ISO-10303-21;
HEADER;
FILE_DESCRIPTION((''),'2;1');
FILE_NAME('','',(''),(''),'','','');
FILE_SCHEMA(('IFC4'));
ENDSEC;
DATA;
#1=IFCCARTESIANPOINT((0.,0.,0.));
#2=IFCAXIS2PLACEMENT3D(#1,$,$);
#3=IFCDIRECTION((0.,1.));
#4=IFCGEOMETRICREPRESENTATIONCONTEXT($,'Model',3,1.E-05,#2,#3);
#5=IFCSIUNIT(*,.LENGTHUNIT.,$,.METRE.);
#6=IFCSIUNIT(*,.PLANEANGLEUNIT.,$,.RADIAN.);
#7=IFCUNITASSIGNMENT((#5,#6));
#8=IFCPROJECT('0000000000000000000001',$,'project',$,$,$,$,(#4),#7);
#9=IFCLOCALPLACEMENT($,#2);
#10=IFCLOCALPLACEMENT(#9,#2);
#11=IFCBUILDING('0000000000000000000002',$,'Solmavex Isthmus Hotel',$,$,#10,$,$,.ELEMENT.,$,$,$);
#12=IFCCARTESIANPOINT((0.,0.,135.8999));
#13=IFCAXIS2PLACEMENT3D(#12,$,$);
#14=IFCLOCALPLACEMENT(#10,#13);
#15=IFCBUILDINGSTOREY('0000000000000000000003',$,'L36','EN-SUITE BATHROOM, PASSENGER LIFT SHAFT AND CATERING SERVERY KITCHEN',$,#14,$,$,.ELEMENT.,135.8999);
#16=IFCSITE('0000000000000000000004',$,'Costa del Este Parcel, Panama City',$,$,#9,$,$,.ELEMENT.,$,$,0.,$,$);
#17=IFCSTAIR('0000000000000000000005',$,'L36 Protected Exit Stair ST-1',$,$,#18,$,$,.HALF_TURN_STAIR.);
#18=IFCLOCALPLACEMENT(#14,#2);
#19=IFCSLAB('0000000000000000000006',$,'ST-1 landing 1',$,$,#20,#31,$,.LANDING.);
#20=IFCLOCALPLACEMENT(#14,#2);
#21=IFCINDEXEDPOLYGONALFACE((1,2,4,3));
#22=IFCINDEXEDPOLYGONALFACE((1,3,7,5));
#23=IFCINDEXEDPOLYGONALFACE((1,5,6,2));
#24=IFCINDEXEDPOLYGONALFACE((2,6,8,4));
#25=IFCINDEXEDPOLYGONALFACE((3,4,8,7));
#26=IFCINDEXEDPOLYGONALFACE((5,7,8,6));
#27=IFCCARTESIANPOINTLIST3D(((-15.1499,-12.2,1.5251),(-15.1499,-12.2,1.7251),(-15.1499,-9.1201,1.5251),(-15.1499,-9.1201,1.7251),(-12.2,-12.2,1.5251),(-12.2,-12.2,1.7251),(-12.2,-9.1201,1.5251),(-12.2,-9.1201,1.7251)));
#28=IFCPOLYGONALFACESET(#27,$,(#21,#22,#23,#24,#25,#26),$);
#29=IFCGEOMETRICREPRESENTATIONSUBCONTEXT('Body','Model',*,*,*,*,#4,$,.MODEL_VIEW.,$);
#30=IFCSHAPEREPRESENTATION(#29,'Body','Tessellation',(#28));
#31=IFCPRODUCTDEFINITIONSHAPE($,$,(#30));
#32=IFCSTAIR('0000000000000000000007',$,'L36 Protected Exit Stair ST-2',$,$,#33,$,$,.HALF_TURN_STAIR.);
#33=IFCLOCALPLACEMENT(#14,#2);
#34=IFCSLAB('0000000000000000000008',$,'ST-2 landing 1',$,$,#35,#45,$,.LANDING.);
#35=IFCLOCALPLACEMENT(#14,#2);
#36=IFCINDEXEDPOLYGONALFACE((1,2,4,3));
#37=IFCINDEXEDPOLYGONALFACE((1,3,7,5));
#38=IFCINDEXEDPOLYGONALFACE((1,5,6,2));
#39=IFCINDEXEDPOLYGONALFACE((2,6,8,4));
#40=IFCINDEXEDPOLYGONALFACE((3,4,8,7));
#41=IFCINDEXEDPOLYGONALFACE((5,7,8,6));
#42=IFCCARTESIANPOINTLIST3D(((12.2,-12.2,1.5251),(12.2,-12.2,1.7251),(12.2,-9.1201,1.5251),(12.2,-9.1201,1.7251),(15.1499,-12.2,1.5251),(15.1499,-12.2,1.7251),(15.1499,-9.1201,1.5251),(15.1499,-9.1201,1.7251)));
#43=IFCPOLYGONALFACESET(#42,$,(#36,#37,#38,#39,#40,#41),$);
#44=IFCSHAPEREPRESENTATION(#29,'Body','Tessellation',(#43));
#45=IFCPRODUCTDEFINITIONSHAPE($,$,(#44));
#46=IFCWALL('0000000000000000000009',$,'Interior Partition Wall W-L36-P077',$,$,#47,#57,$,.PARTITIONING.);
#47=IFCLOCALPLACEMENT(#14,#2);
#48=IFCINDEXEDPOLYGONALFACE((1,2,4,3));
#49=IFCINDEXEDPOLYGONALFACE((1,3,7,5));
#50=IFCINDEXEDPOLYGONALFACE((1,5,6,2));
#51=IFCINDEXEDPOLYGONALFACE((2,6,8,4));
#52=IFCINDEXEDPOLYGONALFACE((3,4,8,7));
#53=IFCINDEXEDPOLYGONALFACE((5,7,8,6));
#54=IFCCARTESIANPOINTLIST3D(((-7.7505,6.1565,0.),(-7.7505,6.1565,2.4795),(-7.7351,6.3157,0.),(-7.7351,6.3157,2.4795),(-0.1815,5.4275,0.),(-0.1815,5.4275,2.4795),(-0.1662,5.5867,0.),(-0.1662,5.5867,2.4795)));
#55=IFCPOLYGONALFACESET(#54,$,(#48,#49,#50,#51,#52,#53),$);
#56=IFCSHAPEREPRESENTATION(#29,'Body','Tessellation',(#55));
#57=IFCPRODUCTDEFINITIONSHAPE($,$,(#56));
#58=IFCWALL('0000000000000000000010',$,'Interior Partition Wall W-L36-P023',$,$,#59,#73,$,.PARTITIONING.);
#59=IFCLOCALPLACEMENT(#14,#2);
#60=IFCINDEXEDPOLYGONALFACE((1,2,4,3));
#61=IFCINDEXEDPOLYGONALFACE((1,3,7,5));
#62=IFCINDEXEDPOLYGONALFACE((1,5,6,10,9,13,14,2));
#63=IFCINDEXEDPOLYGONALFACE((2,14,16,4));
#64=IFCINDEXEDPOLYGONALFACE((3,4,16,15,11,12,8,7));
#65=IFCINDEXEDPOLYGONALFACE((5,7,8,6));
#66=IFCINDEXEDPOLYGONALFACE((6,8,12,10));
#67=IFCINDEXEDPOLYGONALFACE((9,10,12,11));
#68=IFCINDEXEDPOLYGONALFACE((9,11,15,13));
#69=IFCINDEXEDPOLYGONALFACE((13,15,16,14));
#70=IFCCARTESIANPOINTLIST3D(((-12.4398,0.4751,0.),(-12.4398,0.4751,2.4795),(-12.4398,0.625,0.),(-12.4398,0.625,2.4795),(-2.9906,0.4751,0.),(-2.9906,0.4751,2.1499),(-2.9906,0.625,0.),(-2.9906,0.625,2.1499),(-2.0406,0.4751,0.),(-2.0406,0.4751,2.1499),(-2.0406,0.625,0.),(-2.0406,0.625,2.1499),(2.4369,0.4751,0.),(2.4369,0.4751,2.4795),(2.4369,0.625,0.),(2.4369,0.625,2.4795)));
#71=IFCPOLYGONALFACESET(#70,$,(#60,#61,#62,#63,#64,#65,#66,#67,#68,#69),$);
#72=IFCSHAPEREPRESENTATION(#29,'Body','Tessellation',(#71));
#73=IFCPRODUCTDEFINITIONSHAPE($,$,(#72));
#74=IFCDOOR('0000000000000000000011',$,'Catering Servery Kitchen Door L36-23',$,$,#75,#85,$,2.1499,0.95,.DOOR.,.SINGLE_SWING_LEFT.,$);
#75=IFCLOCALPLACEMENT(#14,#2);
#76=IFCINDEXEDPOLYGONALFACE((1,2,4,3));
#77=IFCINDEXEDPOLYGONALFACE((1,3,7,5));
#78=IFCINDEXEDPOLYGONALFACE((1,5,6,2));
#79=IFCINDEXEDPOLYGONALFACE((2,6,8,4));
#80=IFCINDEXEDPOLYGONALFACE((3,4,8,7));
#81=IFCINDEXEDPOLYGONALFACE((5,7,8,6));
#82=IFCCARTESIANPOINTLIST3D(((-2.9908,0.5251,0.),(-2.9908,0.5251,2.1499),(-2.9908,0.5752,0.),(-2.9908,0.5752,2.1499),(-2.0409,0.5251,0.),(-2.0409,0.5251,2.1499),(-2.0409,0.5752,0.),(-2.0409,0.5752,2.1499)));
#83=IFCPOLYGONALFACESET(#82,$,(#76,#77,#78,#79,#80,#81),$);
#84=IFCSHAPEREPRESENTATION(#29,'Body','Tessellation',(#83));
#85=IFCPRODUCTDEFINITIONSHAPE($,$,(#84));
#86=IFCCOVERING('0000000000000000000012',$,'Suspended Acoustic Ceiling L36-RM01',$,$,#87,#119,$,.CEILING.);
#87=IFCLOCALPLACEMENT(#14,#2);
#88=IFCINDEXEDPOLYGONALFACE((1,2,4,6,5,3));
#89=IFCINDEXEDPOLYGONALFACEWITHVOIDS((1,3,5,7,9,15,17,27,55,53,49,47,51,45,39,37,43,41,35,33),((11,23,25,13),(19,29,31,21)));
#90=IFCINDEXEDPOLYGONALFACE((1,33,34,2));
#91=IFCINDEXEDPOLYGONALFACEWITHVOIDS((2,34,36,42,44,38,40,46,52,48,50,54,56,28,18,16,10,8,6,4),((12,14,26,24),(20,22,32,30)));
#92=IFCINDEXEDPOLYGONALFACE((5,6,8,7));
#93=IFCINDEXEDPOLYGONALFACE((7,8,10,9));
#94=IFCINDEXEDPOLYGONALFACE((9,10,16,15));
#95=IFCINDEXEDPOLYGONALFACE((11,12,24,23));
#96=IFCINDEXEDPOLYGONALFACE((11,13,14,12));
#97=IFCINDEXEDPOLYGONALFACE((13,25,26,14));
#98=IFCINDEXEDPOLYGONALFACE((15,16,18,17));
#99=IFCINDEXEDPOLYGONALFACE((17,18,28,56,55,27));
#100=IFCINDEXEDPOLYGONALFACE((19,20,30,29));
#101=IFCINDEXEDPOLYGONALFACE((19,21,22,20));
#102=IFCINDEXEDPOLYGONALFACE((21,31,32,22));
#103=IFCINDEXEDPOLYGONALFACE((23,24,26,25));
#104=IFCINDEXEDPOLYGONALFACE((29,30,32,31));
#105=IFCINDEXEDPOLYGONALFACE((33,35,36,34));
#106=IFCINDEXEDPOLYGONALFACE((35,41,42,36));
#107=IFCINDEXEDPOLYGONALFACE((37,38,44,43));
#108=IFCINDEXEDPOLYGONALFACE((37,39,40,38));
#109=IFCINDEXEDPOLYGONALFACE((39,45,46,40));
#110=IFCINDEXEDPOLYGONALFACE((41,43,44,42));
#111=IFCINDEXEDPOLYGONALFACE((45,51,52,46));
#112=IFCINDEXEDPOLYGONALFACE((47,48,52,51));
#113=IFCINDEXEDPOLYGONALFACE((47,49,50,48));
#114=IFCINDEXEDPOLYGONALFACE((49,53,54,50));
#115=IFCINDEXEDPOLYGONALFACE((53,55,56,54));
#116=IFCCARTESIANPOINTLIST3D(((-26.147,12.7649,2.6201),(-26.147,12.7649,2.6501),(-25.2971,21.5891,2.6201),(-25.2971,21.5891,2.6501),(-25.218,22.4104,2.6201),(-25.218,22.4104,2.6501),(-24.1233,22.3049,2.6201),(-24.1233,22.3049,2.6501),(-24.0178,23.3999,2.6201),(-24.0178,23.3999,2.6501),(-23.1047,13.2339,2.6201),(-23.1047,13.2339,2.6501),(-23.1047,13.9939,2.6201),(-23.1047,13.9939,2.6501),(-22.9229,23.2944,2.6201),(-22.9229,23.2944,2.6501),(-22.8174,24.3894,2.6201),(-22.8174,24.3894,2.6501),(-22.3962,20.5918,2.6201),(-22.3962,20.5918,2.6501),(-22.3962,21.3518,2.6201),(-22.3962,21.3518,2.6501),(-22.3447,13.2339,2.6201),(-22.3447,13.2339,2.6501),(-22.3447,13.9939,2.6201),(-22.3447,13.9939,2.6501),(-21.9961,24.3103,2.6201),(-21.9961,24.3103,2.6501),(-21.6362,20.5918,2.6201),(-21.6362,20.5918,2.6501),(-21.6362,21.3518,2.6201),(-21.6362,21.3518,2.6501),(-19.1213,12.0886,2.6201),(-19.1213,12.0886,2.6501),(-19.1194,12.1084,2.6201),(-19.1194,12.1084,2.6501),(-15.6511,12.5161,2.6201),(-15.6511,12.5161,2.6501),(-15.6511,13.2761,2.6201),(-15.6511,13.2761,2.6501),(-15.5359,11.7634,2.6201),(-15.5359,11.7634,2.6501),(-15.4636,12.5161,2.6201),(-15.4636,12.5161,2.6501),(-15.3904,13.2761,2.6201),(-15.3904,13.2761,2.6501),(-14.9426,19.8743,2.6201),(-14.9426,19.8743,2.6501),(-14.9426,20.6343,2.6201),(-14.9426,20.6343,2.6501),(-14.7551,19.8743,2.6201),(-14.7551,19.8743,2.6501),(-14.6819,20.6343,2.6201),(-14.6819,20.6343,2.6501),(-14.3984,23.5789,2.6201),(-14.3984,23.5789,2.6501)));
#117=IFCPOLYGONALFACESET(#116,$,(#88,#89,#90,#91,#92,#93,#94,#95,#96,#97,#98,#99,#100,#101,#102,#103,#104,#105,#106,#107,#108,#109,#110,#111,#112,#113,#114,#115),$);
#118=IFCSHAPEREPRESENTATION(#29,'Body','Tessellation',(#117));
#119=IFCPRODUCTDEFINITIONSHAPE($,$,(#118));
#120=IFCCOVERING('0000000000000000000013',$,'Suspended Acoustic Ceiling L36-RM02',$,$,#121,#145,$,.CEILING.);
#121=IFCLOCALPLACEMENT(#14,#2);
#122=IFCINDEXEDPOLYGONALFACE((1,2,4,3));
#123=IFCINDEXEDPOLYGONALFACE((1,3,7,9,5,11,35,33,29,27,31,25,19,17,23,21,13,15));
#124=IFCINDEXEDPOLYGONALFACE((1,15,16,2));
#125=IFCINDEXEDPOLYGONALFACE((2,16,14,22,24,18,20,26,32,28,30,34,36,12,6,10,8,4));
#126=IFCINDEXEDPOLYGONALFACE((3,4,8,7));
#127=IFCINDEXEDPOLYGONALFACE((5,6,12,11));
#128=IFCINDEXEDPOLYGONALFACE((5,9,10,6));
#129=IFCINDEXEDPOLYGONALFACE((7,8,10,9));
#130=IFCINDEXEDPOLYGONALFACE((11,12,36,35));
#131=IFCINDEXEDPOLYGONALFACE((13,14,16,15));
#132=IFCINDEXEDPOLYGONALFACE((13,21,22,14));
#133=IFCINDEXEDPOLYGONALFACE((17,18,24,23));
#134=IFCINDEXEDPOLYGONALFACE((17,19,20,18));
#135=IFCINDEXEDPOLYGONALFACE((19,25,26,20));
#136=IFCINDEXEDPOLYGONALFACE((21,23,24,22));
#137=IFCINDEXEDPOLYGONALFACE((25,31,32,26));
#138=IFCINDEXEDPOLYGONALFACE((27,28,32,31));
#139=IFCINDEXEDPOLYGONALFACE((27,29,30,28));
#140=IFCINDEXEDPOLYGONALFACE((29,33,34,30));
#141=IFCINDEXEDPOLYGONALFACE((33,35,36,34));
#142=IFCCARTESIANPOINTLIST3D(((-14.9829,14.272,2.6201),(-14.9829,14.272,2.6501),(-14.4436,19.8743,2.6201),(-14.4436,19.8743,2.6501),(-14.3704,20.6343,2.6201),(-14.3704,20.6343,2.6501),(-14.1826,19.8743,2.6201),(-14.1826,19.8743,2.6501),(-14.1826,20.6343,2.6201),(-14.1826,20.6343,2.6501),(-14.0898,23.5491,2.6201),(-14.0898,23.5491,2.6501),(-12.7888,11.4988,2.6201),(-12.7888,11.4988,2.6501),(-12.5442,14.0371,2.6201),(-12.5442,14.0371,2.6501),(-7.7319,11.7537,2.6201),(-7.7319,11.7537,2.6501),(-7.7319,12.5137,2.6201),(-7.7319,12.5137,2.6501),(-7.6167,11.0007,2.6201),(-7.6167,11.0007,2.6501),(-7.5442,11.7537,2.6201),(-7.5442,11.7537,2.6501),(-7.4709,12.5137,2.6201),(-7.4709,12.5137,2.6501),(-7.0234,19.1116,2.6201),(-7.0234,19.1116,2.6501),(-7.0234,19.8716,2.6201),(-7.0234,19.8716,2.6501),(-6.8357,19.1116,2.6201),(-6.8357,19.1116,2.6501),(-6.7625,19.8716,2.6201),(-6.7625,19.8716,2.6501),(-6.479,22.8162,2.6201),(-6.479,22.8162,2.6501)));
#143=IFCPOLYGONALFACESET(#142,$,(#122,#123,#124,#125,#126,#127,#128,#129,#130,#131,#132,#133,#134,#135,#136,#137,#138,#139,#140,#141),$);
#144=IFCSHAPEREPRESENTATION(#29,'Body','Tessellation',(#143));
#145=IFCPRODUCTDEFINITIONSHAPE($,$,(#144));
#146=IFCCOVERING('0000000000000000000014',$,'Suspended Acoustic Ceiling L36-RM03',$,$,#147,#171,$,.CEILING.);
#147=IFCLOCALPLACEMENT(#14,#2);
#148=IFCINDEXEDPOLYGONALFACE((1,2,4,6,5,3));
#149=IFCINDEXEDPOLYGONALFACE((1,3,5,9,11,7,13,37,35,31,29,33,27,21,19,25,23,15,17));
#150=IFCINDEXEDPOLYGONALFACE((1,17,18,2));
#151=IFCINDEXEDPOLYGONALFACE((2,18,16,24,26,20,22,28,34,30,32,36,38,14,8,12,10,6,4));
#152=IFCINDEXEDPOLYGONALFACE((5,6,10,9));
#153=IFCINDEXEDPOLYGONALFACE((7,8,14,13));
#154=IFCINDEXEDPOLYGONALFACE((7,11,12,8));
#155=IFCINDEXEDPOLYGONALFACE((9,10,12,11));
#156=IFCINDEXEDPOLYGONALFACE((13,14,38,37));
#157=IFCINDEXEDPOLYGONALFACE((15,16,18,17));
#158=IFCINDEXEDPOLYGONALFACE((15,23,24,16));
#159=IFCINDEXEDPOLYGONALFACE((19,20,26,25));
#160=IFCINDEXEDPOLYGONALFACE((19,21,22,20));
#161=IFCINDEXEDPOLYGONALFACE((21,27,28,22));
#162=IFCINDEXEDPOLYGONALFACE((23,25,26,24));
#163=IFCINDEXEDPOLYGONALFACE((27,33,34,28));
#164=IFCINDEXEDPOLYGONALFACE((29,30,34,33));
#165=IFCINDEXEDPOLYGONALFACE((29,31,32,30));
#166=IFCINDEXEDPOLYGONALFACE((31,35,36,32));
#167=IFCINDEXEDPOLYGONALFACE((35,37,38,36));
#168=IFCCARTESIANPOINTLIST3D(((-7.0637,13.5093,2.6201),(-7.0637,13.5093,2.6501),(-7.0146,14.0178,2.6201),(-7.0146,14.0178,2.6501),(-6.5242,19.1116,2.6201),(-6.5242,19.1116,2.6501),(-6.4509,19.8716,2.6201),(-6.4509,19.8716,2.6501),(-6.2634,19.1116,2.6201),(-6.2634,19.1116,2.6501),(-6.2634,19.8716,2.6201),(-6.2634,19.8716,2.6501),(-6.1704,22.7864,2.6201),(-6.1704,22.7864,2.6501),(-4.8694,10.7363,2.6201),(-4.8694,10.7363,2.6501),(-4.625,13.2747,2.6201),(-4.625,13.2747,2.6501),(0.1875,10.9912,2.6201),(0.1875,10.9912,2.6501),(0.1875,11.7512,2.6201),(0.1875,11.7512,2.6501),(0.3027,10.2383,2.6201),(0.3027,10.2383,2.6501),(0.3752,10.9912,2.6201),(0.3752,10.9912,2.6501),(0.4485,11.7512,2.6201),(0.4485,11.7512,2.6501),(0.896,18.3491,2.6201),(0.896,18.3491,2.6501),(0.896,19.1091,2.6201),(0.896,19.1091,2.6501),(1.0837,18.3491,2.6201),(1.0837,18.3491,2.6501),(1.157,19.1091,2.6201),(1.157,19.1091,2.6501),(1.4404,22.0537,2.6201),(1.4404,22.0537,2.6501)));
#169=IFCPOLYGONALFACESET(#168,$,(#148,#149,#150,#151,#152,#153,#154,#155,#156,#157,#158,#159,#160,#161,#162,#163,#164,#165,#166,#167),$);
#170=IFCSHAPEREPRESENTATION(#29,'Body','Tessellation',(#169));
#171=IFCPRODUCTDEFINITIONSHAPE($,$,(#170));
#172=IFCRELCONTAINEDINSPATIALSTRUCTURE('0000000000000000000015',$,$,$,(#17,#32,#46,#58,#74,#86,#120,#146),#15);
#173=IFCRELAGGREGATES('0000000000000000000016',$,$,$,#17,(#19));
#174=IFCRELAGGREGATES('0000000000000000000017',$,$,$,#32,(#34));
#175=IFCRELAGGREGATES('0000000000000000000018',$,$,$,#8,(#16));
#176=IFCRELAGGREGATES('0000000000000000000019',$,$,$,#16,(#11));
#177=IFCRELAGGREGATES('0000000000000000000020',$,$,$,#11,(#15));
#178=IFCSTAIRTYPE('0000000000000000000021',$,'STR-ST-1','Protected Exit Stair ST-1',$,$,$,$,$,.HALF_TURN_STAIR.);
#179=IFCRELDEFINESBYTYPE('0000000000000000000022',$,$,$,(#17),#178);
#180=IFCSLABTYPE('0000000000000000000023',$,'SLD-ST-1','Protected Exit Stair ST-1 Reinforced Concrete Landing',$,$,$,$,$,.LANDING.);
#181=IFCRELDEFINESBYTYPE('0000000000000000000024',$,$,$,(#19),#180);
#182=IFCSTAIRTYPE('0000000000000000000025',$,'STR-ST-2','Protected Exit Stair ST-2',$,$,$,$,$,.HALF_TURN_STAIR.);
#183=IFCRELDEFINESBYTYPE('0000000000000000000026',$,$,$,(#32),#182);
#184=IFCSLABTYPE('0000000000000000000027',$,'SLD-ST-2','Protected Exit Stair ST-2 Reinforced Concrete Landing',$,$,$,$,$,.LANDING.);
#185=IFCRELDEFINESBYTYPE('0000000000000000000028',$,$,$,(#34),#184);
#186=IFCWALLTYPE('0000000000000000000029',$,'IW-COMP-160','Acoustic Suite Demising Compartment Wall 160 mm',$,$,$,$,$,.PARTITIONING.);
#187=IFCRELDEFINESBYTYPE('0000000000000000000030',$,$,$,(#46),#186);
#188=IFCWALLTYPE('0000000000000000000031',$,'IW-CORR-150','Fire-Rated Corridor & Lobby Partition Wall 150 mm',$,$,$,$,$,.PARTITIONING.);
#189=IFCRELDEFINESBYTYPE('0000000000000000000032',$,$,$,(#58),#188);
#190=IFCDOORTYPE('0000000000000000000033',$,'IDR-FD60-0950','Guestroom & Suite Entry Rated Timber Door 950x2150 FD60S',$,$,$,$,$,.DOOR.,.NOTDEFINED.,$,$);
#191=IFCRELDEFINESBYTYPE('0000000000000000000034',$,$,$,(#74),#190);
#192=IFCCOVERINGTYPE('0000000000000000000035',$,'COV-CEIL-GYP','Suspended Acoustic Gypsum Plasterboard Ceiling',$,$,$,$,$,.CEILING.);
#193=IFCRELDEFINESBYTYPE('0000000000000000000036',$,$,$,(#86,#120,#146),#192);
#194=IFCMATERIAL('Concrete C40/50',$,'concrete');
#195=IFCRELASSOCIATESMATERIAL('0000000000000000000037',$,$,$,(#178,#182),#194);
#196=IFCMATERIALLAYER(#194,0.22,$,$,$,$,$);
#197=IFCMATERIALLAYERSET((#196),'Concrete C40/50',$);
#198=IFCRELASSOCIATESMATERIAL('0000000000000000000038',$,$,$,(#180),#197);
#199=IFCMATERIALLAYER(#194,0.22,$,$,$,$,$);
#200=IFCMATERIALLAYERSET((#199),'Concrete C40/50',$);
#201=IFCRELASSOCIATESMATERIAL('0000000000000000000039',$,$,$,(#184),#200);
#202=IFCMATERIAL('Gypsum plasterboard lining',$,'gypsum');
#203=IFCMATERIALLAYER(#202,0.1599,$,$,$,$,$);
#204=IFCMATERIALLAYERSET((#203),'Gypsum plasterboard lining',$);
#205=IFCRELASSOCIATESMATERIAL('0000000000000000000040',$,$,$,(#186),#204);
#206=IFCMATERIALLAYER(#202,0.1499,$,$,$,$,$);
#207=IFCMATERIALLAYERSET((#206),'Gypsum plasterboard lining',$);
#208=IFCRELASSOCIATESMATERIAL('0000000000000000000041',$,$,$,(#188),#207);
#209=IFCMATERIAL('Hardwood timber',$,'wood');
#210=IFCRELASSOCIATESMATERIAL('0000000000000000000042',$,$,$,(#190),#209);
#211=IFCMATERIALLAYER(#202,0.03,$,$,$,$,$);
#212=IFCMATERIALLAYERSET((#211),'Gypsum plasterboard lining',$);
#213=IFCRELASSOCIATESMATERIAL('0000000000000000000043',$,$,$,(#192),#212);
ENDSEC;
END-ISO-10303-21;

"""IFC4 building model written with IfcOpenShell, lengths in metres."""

from ifc_helpers import new_model, si_unit, direction, frame, frame_2d, origin, place, context, subcontext, project, spatial, polyline, rectangle, outline, extrude, material, layer, layer_set, type_object, element, fill, aggregate, save


model = new_model("IFC4")

# Units and contexts
model_context = context("Model", 3, precision=1e-05, world=origin(), true_north=direction((0.0, 1.0)))
body_context = subcontext(model_context, "Body", "Model", "MODEL_VIEW")
ifc_project = project(units=[si_unit("LENGTHUNIT", "METRE"), si_unit("PLANEANGLEUNIT", "RADIAN")], contexts=[model_context])

# Site, building, storey
site_placement = place(None, origin())
site = spatial("IfcSite", under=ifc_project, at=site_placement, Name="Costa del Este Parcel, Panama City", CompositionType="ELEMENT", RefElevation=0.0)
building_placement = place(site_placement, origin())
building = spatial("IfcBuilding", under=site, at=building_placement, Name="Solmavex Isthmus Hotel", CompositionType="ELEMENT")
storey_placement = place(building_placement, frame((0.0, 0.0, 135.8999)))
storey = spatial("IfcBuildingStorey", under=building, at=storey_placement, Name="L36", Description="EN-SUITE BATHROOM, PASSENGER LIFT SHAFT AND CATERING SERVERY KITCHEN", CompositionType="ELEMENT", Elevation=135.8999)

# Stairs, slabs
ifc_material_1 = material(Name="Concrete C40/50", Category="concrete")
stair_type_1 = type_object("IfcStairType", Name="STR-ST-1", Description="Protected Exit Stair ST-1", PredefinedType="HALF_TURN_STAIR", material=ifc_material_1)
stair_1_placement = place(storey_placement, origin())
stair_1 = element("IfcStair", 1, at=stair_1_placement, inside=storey, type_object=stair_type_1, Name="L36 Protected Exit Stair ST-1", PredefinedType="HALF_TURN_STAIR")
ifc_layer_1 = layer(ifc_material_1, 0.22)
ifc_layer_set_1 = layer_set([ifc_layer_1], Name="Concrete C40/50")
slab_type_1 = type_object("IfcSlabType", Name="SLD-ST-1", Description="Protected Exit Stair ST-1 Reinforced Concrete Landing", PredefinedType="LANDING", material=ifc_layer_set_1)
slab_1_placement = place(storey_placement, frame((0.0, 0.0, 1.5251)))
slab_1 = element("IfcSlab", 2, at=slab_1_placement, type_object=slab_type_1, Name="ST-1 landing 1", PredefinedType="LANDING", context=body_context, shape_type="SweptSolid", body=[
    extrude(outline(polyline([(-15.1499, -9.1201), (-15.1499, -12.2), (-12.2, -12.2), (-12.2, -9.1201), (-15.1499, -9.1201)])), origin(), (0.0, 0.0, 1.0), 0.2),
])
aggregate(stair_1, [slab_1])
stair_type_2 = type_object("IfcStairType", Name="STR-ST-2", Description="Protected Exit Stair ST-2", PredefinedType="HALF_TURN_STAIR", material=ifc_material_1)
stair_2_placement = place(storey_placement, origin())
stair_2 = element("IfcStair", 3, at=stair_2_placement, inside=storey, type_object=stair_type_2, Name="L36 Protected Exit Stair ST-2", PredefinedType="HALF_TURN_STAIR")
ifc_layer_2 = layer(ifc_material_1, 0.22)
ifc_layer_set_2 = layer_set([ifc_layer_2], Name="Concrete C40/50")
slab_type_2 = type_object("IfcSlabType", Name="SLD-ST-2", Description="Protected Exit Stair ST-2 Reinforced Concrete Landing", PredefinedType="LANDING", material=ifc_layer_set_2)
slab_2_placement = place(storey_placement, frame((0.0, 0.0, 1.5251)))
slab_2 = element("IfcSlab", 4, at=slab_2_placement, type_object=slab_type_2, Name="ST-2 landing 1", PredefinedType="LANDING", context=body_context, shape_type="SweptSolid", body=[
    extrude(outline(polyline([(12.2, -9.1201), (12.2, -12.2), (15.1499, -12.2), (15.1499, -9.1201), (12.2, -9.1201)])), origin(), (0.0, 0.0, 1.0), 0.2),
])
aggregate(stair_2, [slab_2])

# Wall
ifc_material_2 = material(Name="Gypsum plasterboard lining", Category="gypsum")
ifc_layer_3 = layer(ifc_material_2, 0.1599)
ifc_layer_set_3 = layer_set([ifc_layer_3], Name="Gypsum plasterboard lining")
wall_type_1 = type_object("IfcWallType", Name="IW-COMP-160", Description="Acoustic Suite Demising Compartment Wall 160 mm", PredefinedType="PARTITIONING", material=ifc_layer_set_3)
wall_1_placement = place(storey_placement, frame((-0.1738, 5.5071, 0.0), z_axis=(0.0, 0.0, 1.0), x_axis=(-0.995394, 0.09587, 0.0)))
element("IfcWall", 5, at=wall_1_placement, inside=storey, type_object=wall_type_1, Name="Interior Partition Wall W-L36-P077", PredefinedType="PARTITIONING", context=body_context, shape_type="SweptSolid", body=[
    extrude(rectangle(XDim=7.604, YDim=0.1599, at=frame_2d((3.802, 0.0))), origin(), (0.0, 0.0, 1.0), 2.4795),
])

# Wall, opening, door
ifc_layer_4 = layer(ifc_material_2, 0.1499)
ifc_layer_set_4 = layer_set([ifc_layer_4], Name="Gypsum plasterboard lining")
wall_type_2 = type_object("IfcWallType", Name="IW-CORR-150", Description="Fire-Rated Corridor & Lobby Partition Wall 150 mm", PredefinedType="PARTITIONING", material=ifc_layer_set_4)
wall_2_placement = place(storey_placement, frame((-12.4399, 0.55, 0.0), z_axis=(0.0, 0.0, 1.0), x_axis=(1.0, 0.0, 0.0)))
wall_2 = element("IfcWall", 6, at=wall_2_placement, inside=storey, type_object=wall_type_2, Name="Interior Partition Wall W-L36-P023", PredefinedType="PARTITIONING", context=body_context, shape_type="SweptSolid", body=[
    extrude(rectangle(XDim=14.8767, YDim=0.1499, at=frame_2d((7.4385, 0.0))), origin(), (0.0, 0.0, 1.0), 2.4795),
])
opening_placement = place(wall_2_placement, frame((9.4492, 0.0, 0.0)))
opening = element("IfcOpeningElement", 7, at=opening_placement, cuts=wall_2, PredefinedType="OPENING", context=body_context, shape_type="SweptSolid", body=[
    extrude(rectangle(XDim=0.95, YDim=2.1499, at=frame_2d((0.4751, 1.075))), frame((0.0, 0.085, 0.0), z_axis=(0.0, -1.0, 0.0), x_axis=(1.0, 0.0, 0.0)), (0.0, 0.0, 1.0), 0.1699),
])
ifc_material_3 = material(Name="Hardwood timber", Category="wood")
door_type = type_object("IfcDoorType", Name="IDR-FD60-0950", Description="Guestroom & Suite Entry Rated Timber Door 950x2150 FD60S", OperationType="NOTDEFINED", PredefinedType="DOOR", material=ifc_material_3)
door_placement = place(opening_placement, frame((0.95, 0.0, 0.0), z_axis=(0.0, 0.0, 1.0), x_axis=(-1.0, 0.0, 0.0)))
door = element("IfcDoor", 8, at=door_placement, inside=storey, type_object=door_type, Name="Catering Servery Kitchen Door L36-23", OperationType="SINGLE_SWING_LEFT", OverallHeight=2.1499, OverallWidth=0.95, PredefinedType="DOOR", context=body_context, shape_type="SweptSolid", body=[
    extrude(rectangle(XDim=0.95, YDim=2.1499, at=frame_2d((0.4751, 1.075))), frame((0.0, 0.0249, 0.0), z_axis=(0.0, -1.0, 0.0), x_axis=(1.0, 0.0, 0.0)), (0.0, 0.0, 1.0), 0.05),
])
fill(opening, door)

# Coverings
ifc_layer_5 = layer(ifc_material_2, 0.03)
ifc_layer_set_5 = layer_set([ifc_layer_5], Name="Gypsum plasterboard lining")
covering_type_1 = type_object("IfcCoveringType", Name="COV-CEIL-GYP", Description="Suspended Acoustic Gypsum Plasterboard Ceiling", PredefinedType="CEILING", material=ifc_layer_set_5)
covering_1_placement = place(storey_placement, frame((0.0, 0.0, 2.6201)))
element("IfcCovering", 9, at=covering_1_placement, inside=storey, type_object=covering_type_1, Name="Suspended Acoustic Ceiling L36-RM01", PredefinedType="CEILING", context=body_context, shape_type="SweptSolid", body=[
    extrude(outline(polyline([(-19.1213, 12.0886), (-19.1194, 12.1084), (-15.5359, 11.7634), (-15.4636, 12.5161), (-15.6511, 12.5161), (-15.6511, 13.2761), (-15.3904, 13.2761), (-14.7551, 19.8743), (-14.9426, 19.8743), (-14.9426, 20.6343), (-14.6819, 20.6343), (-14.3984, 23.5789), (-21.9961, 24.3103), (-22.8174, 24.3894), (-22.9229, 23.2944), (-24.0178, 23.3999), (-24.1233, 22.3049), (-25.218, 22.4104), (-25.2971, 21.5891), (-26.147, 12.7649), (-19.1213, 12.0886)]), holes=[polyline([(-22.3962, 20.5918), (-22.3962, 21.3518), (-21.6362, 21.3518), (-21.6362, 20.5918), (-22.3962, 20.5918)]), polyline([(-23.1047, 13.2339), (-23.1047, 13.9939), (-22.3447, 13.9939), (-22.3447, 13.2339), (-23.1047, 13.2339)])]), origin(), (0.0, 0.0, 1.0), 0.03),
])
covering_2_placement = place(storey_placement, frame((0.0, 0.0, 2.6201)))
element("IfcCovering", 10, at=covering_2_placement, inside=storey, type_object=covering_type_1, Name="Suspended Acoustic Ceiling L36-RM02", PredefinedType="CEILING", context=body_context, shape_type="SweptSolid", body=[
    extrude(outline(polyline([(-14.3704, 20.6343), (-14.1826, 20.6343), (-14.1826, 19.8743), (-14.4436, 19.8743), (-14.9829, 14.272), (-12.5442, 14.0371), (-12.7888, 11.4988), (-7.6167, 11.0007), (-7.5442, 11.7537), (-7.7319, 11.7537), (-7.7319, 12.5137), (-7.4709, 12.5137), (-6.8357, 19.1116), (-7.0234, 19.1116), (-7.0234, 19.8716), (-6.7625, 19.8716), (-6.479, 22.8162), (-14.0898, 23.5491), (-14.3704, 20.6343)])), origin(), (0.0, 0.0, 1.0), 0.03),
])
covering_3_placement = place(storey_placement, frame((0.0, 0.0, 2.6201)))
element("IfcCovering", 11, at=covering_3_placement, inside=storey, type_object=covering_type_1, Name="Suspended Acoustic Ceiling L36-RM03", PredefinedType="CEILING", context=body_context, shape_type="SweptSolid", body=[
    extrude(outline(polyline([(-6.4509, 19.8716), (-6.2634, 19.8716), (-6.2634, 19.1116), (-6.5242, 19.1116), (-7.0146, 14.0178), (-7.0637, 13.5093), (-4.625, 13.2747), (-4.8694, 10.7363), (0.3027, 10.2383), (0.3752, 10.9912), (0.1875, 10.9912), (0.1875, 11.7512), (0.4485, 11.7512), (1.0837, 18.3491), (0.896, 18.3491), (0.896, 19.1091), (1.157, 19.1091), (1.4404, 22.0537), (-6.1704, 22.7864), (-6.4509, 19.8716)])), origin(), (0.0, 0.0, 1.0), 0.03),
])

save(model, "model.ifc")
